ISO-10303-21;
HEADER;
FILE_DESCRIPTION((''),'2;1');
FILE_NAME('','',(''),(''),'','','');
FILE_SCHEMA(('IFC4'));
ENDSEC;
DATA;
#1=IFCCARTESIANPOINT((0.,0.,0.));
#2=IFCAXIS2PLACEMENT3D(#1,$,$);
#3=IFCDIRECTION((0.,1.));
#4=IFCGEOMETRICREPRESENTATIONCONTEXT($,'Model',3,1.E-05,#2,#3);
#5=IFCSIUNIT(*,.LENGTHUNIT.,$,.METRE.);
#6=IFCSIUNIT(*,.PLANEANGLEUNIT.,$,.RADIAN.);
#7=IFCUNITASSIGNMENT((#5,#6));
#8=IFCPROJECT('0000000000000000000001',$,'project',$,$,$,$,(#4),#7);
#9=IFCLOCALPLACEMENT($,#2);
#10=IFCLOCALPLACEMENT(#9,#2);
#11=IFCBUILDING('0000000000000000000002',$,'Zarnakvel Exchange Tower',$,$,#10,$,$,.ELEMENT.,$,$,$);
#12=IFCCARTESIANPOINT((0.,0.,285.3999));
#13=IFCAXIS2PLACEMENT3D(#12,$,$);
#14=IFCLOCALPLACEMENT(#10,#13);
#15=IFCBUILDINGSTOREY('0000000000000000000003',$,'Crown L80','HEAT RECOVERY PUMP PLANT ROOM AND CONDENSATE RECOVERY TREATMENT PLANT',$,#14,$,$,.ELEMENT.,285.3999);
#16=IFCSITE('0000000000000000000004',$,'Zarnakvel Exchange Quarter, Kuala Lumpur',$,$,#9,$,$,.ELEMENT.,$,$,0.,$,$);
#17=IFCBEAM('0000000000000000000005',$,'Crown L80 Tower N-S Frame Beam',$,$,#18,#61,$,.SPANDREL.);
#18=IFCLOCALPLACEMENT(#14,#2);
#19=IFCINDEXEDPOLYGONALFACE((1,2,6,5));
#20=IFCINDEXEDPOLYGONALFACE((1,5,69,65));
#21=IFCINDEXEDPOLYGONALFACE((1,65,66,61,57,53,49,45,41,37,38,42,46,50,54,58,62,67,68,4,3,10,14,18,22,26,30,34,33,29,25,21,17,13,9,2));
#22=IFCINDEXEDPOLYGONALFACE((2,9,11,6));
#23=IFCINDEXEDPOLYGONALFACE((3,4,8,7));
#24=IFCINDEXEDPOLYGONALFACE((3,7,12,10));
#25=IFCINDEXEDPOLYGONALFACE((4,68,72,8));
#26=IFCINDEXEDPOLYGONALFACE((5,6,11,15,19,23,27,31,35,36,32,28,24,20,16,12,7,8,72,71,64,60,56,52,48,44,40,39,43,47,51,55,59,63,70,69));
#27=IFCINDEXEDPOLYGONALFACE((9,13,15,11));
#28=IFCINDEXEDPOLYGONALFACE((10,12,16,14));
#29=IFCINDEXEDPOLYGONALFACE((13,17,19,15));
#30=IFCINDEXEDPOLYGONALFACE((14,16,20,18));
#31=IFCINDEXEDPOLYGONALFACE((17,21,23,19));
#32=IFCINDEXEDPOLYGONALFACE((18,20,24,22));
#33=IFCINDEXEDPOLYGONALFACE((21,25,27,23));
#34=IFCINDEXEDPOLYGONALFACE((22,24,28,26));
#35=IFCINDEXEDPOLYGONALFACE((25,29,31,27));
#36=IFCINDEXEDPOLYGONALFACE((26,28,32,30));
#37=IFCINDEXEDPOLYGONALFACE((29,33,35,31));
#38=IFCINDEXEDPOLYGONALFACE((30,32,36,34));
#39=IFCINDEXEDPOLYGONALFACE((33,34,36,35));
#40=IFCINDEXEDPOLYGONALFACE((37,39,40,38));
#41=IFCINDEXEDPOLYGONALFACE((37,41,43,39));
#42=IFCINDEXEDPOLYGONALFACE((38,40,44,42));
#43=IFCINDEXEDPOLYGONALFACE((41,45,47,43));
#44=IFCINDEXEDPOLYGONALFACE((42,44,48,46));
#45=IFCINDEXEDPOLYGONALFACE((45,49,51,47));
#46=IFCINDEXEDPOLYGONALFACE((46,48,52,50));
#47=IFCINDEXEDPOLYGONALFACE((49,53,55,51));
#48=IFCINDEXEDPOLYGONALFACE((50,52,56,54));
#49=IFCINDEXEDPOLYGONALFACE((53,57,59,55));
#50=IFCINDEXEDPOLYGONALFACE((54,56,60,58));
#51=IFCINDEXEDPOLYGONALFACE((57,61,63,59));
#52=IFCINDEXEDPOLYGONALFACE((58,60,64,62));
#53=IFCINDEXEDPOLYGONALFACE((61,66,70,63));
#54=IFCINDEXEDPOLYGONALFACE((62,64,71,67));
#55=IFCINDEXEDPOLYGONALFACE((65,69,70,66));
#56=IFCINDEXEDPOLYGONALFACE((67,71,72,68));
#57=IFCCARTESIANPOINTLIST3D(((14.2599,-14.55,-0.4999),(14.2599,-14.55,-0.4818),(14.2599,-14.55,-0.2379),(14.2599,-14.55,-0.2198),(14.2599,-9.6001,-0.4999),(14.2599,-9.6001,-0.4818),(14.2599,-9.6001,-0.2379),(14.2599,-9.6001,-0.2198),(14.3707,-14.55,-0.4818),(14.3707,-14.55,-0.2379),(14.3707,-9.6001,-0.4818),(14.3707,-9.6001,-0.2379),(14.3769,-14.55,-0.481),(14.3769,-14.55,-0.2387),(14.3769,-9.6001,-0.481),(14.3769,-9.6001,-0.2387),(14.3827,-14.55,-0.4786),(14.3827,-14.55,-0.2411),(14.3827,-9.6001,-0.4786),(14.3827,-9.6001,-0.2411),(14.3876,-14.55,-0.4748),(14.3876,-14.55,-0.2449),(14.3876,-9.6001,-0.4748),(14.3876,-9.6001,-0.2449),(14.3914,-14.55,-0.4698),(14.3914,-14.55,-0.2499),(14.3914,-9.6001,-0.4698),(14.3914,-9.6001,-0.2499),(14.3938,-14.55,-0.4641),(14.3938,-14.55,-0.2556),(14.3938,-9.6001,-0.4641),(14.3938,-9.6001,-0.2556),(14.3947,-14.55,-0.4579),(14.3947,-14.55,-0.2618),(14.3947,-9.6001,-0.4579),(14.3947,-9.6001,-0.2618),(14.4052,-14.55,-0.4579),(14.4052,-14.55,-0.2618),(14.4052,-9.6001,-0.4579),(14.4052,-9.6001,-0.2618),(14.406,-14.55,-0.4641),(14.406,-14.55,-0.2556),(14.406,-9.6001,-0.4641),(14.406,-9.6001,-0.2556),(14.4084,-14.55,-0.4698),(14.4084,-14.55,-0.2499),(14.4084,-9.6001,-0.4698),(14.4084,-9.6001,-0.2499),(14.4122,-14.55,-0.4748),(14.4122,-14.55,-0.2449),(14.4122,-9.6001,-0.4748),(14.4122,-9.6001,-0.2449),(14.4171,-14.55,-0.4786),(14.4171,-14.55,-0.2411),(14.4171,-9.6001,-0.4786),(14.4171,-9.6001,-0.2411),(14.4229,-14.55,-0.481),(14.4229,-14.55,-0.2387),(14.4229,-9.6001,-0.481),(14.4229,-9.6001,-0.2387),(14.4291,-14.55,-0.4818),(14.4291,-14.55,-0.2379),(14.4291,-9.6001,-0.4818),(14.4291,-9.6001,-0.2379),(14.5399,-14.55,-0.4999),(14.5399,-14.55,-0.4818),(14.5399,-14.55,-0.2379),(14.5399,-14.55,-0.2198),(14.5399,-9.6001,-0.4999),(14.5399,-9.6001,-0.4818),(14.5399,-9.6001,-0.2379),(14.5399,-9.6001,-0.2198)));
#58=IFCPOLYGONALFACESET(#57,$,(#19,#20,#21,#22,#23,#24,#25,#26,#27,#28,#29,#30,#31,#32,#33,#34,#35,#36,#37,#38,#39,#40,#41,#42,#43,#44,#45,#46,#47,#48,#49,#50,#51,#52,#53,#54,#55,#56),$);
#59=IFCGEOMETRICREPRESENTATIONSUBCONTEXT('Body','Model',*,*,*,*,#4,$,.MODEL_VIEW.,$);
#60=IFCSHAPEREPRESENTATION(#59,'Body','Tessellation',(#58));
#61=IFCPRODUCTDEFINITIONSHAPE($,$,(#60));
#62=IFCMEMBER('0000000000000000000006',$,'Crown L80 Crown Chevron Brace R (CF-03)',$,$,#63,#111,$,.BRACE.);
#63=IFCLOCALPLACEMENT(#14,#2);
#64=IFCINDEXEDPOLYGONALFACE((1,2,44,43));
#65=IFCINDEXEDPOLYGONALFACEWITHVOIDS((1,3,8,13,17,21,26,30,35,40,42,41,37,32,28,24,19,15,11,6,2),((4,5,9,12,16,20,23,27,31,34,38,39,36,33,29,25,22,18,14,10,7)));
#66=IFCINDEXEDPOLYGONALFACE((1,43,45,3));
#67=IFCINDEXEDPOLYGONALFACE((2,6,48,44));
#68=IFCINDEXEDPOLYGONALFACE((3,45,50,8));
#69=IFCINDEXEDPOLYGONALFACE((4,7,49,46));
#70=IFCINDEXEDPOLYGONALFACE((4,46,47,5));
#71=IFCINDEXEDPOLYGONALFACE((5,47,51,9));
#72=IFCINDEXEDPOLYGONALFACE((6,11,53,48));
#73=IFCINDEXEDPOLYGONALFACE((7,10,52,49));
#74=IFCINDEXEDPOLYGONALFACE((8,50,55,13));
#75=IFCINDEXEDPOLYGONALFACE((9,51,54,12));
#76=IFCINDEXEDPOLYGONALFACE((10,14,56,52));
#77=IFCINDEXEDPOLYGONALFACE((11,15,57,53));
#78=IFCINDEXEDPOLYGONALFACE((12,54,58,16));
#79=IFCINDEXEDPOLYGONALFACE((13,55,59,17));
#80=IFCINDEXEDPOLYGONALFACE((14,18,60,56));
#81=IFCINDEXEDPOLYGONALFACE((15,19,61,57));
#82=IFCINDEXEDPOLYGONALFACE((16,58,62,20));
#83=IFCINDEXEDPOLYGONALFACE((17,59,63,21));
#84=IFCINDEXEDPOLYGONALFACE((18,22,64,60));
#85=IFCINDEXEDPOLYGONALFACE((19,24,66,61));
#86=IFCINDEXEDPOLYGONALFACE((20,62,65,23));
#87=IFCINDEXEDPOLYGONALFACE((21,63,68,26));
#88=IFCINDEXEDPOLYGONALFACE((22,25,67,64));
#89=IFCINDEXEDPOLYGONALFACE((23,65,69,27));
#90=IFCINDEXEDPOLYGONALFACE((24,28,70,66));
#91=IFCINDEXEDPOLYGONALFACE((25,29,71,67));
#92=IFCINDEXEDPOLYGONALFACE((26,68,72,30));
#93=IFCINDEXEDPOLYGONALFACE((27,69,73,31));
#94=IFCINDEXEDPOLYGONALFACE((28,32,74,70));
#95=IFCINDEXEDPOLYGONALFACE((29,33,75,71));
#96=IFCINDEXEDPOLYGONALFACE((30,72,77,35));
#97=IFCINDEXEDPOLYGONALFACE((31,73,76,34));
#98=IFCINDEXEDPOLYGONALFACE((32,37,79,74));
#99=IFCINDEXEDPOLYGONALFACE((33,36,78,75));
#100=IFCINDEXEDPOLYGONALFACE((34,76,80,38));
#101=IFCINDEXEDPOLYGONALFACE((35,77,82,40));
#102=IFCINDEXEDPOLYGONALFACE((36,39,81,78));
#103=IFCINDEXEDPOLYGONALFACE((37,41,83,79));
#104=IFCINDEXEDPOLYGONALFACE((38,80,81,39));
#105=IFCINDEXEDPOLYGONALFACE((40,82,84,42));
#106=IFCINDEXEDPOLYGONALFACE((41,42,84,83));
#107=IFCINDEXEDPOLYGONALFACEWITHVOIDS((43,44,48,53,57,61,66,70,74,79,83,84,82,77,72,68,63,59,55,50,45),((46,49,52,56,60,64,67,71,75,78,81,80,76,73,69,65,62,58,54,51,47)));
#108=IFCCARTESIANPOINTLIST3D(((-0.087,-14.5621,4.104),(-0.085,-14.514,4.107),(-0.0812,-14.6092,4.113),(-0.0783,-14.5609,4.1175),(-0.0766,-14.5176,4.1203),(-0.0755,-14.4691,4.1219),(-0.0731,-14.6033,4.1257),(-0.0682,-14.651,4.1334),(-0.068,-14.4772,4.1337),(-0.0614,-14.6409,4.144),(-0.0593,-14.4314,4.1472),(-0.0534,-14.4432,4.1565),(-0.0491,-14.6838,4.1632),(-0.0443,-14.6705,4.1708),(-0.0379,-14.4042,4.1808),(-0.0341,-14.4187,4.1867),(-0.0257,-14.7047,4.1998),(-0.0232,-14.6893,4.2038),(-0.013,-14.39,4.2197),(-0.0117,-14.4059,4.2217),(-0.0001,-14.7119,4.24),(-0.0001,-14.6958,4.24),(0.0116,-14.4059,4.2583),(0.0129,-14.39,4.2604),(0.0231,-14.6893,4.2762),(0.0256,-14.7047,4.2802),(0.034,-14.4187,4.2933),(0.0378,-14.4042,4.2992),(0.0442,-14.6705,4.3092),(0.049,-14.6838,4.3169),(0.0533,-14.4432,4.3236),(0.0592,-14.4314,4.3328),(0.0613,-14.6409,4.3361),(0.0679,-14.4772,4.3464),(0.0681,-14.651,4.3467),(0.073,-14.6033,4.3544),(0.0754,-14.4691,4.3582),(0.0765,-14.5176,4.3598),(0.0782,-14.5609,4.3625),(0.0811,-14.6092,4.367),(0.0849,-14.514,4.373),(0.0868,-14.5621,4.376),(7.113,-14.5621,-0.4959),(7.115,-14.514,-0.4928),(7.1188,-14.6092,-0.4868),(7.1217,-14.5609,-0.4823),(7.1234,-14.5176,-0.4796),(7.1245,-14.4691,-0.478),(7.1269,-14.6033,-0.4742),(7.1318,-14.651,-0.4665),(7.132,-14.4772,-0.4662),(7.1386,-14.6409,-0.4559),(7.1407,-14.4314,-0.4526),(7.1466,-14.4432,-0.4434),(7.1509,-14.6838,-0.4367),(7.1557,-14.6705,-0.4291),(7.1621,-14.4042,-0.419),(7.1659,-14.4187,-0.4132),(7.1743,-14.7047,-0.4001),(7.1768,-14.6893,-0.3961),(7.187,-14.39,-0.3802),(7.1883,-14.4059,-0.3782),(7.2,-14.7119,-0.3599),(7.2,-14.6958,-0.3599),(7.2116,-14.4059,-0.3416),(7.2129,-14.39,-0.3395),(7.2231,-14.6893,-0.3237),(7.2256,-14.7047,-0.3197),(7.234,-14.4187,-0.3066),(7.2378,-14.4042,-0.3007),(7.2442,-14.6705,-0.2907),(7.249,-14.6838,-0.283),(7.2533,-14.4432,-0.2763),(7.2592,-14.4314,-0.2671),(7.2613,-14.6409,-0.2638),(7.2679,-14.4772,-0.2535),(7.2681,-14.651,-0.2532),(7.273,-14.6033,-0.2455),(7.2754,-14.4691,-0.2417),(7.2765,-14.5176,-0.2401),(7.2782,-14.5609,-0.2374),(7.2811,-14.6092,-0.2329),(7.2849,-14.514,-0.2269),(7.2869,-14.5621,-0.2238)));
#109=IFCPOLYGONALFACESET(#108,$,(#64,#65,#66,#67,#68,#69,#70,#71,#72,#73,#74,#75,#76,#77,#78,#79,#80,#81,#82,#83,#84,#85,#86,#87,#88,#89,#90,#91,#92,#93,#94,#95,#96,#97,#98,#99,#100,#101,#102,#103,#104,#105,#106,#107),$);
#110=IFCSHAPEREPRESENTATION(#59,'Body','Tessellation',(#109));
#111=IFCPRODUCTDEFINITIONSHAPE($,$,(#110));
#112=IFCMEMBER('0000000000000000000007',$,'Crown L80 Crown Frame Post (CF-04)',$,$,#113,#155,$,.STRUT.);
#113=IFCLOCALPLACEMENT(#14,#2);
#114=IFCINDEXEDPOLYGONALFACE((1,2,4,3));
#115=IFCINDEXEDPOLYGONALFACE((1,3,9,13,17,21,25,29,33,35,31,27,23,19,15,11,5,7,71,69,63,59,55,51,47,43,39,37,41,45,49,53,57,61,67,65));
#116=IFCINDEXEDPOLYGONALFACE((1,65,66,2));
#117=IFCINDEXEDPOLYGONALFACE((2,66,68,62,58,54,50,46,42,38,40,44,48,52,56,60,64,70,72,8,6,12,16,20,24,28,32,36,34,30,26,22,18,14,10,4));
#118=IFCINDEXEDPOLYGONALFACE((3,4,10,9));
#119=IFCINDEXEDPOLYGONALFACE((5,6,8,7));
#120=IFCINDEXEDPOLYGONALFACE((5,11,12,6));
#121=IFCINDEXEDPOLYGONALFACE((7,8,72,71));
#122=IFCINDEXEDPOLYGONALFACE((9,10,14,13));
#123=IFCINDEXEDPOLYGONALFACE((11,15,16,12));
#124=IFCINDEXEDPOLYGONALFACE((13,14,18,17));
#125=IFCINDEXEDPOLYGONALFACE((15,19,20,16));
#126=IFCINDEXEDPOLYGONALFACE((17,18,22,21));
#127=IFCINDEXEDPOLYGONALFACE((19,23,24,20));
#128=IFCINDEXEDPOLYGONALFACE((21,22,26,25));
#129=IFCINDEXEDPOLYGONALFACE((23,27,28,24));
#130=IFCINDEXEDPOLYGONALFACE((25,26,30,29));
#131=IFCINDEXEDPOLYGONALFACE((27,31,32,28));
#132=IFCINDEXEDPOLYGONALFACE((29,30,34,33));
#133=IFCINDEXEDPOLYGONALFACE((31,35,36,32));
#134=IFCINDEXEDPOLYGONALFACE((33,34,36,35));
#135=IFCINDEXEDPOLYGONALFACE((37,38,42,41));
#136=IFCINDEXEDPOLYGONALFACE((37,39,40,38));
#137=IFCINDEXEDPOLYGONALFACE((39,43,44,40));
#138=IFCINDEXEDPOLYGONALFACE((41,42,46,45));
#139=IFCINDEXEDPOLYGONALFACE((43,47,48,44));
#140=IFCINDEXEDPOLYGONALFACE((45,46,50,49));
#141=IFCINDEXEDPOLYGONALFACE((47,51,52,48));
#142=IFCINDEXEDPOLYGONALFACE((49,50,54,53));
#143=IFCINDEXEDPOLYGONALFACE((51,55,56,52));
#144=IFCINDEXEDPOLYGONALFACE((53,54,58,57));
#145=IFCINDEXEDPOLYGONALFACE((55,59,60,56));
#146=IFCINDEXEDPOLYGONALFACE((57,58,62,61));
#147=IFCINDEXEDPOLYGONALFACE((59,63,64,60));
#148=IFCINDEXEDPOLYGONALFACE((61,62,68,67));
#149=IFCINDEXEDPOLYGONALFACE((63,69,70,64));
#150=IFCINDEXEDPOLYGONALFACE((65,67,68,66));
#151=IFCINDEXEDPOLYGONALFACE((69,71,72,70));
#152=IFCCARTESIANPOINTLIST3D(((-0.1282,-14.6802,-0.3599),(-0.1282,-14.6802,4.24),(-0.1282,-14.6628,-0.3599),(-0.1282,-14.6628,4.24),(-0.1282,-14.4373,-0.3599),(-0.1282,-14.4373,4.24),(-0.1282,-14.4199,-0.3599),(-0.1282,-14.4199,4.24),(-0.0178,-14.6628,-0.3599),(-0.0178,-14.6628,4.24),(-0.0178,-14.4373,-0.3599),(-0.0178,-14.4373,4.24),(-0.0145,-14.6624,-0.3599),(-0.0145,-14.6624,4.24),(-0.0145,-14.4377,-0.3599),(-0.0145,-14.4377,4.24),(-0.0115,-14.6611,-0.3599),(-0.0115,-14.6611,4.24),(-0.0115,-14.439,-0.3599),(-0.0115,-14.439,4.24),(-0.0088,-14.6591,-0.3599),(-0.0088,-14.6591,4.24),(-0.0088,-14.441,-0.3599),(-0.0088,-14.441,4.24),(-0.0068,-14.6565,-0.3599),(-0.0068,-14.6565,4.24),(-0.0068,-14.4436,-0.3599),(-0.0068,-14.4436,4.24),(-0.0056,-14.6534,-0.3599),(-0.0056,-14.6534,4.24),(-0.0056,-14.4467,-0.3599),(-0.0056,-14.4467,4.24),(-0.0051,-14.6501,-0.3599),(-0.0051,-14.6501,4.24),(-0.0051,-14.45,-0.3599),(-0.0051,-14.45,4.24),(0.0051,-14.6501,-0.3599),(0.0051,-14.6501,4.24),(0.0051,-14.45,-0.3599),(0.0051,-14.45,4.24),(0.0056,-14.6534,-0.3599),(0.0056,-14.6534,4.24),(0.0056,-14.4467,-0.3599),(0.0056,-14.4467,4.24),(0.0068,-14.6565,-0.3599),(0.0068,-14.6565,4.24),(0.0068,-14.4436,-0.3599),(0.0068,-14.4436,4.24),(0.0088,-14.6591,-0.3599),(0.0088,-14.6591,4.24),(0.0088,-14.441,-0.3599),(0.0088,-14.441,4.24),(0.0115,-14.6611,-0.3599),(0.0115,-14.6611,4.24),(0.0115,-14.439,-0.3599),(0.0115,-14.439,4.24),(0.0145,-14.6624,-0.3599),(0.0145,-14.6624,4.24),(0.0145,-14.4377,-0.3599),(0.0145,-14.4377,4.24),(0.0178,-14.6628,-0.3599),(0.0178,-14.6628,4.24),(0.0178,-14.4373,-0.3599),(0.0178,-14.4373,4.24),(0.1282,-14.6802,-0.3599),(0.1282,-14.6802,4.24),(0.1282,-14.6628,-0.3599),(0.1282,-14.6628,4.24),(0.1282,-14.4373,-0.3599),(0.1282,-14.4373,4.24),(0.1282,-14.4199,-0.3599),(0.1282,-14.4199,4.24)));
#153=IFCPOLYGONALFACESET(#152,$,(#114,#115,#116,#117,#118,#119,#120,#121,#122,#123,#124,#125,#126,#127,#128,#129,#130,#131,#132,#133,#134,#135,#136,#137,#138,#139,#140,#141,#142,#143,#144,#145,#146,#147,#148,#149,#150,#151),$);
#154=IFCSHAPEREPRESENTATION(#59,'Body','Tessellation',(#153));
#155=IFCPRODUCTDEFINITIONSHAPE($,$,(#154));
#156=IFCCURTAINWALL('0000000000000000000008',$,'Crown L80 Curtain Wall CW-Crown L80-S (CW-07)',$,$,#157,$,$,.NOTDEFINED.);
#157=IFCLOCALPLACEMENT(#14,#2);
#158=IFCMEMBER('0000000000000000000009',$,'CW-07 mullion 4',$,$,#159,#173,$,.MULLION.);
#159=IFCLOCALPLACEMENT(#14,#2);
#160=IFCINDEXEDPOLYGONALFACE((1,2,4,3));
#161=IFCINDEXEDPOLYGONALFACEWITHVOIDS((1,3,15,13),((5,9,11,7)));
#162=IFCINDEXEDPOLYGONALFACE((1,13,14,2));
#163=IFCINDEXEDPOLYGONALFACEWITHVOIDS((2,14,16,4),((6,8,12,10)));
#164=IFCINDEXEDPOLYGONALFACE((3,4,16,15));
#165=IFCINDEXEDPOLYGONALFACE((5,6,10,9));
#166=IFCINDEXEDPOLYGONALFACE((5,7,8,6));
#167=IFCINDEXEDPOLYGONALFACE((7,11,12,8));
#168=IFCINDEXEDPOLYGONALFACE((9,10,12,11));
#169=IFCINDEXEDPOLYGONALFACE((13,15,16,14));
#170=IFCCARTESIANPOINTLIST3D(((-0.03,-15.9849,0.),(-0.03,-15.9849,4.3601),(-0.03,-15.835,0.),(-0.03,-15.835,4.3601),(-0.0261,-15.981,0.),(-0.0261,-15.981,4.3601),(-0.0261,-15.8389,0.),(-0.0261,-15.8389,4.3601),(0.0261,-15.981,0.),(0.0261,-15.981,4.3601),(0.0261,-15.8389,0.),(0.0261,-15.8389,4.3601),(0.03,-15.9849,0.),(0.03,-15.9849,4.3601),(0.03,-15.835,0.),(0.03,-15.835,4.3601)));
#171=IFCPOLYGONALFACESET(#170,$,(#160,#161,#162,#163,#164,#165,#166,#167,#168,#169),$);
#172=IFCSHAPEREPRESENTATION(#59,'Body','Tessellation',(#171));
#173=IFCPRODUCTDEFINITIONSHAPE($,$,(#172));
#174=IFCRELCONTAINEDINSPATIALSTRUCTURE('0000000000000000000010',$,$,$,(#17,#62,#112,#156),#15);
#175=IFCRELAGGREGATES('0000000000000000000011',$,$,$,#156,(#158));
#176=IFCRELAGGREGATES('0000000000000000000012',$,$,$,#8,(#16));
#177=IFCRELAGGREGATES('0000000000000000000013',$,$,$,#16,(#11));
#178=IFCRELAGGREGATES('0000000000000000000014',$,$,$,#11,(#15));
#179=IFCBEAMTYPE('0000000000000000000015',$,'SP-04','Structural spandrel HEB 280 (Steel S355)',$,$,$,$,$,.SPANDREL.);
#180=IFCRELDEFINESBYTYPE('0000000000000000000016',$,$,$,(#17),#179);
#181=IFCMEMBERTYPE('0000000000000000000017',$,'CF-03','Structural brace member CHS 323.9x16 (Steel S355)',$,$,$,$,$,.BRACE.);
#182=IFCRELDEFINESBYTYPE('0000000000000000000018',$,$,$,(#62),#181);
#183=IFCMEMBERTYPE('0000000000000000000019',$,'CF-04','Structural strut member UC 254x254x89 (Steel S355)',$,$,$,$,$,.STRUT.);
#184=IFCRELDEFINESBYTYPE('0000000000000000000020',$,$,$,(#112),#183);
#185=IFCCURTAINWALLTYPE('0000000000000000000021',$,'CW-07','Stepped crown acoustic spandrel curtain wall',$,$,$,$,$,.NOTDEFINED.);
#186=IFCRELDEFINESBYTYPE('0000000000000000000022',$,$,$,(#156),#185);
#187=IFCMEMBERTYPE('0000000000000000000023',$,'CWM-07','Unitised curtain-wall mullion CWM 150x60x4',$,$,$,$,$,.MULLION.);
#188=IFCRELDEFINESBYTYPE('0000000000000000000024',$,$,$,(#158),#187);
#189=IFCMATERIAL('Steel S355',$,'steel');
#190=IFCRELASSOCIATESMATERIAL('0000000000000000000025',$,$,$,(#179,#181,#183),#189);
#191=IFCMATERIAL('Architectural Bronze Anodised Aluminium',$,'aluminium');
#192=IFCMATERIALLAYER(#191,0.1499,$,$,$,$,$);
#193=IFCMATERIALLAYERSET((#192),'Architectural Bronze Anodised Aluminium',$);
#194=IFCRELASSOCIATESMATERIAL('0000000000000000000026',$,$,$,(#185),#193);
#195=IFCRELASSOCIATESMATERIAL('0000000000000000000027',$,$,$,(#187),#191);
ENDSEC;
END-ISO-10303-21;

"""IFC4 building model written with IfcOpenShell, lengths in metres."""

from ifc_helpers import new_model, si_unit, direction, frame, origin, origin_2d, place, context, subcontext, project, spatial, hollow_rectangle, hollow_circle, i_section, extrude, source, transform, mapped, material, layer, layer_set, material_profile, profile_set, type_object, element, aggregate, save


model = new_model("IFC4")

# Units and contexts
model_context = context("Model", 3, precision=1e-05, world=origin(), true_north=direction((0.0, 1.0)))
body_context = subcontext(model_context, "Body", "Model", "MODEL_VIEW")
ifc_project = project(units=[si_unit("LENGTHUNIT", "METRE"), si_unit("PLANEANGLEUNIT", "RADIAN")], contexts=[model_context])

# Site, building, storey
site_placement = place(None, origin())
site = spatial("IfcSite", under=ifc_project, at=site_placement, Name="Zarnakvel Exchange Quarter, Kuala Lumpur", CompositionType="ELEMENT", RefElevation=0.0)
building_placement = place(site_placement, origin())
building = spatial("IfcBuilding", under=site, at=building_placement, Name="Zarnakvel Exchange Tower", CompositionType="ELEMENT")
storey_placement = place(building_placement, frame((0.0, 0.0, 285.3999)))
storey = spatial("IfcBuildingStorey", under=building, at=storey_placement, Name="Crown L80", Description="HEAT RECOVERY PUMP PLANT ROOM AND CONDENSATE RECOVERY TREATMENT PLANT", CompositionType="ELEMENT", Elevation=285.3999)

# Shared definitions
ifc_material_1 = material(Name="Steel S355", Category="steel")

# Beam
ifc_material_profile_1 = material_profile(ifc_material_1, i_section(OverallWidth=0.28, OverallDepth=0.28, WebThickness=0.0105, FlangeThickness=0.0181, FilletRadius=0.0239, at=origin_2d()))
ifc_profile_set_1 = profile_set([ifc_material_profile_1], Name="Steel S355")
beam_type_1 = type_object("IfcBeamType", Name="SP-04", Description="Structural spandrel HEB 280 (Steel S355)", PredefinedType="SPANDREL", material=ifc_profile_set_1)
beam_1_placement = place(storey_placement, frame((14.3999, -14.55, -0.3599), z_axis=(0.0, 1.0, 0.0), x_axis=(-1.0, 0.0, 0.0)))
element("IfcBeam", 1, at=beam_1_placement, inside=storey, type_object=beam_type_1, Name="Crown L80 Tower N-S Frame Beam", PredefinedType="SPANDREL", context=body_context, shape_type="SweptSolid", body=[
    extrude(i_section(OverallWidth=0.28, OverallDepth=0.28, WebThickness=0.0105, FlangeThickness=0.0181, FilletRadius=0.0239, at=origin_2d()), origin(), (0.0, 0.0, 1.0), 4.95),
])

# Members
ifc_material_profile_2 = material_profile(ifc_material_1, hollow_circle(Radius=0.1619, WallThickness=0.0161, at=origin_2d()))
ifc_profile_set_2 = profile_set([ifc_material_profile_2], Name="Steel S355")
member_type_1 = type_object("IfcMemberType", Name="CF-03", Description="Structural brace member CHS 323.9x16 (Steel S355)", PredefinedType="BRACE", material=ifc_profile_set_2)
shared_shape_1 = source(origin(), body_context, "Body", "SweptSolid", [
    extrude(hollow_circle(Radius=0.1619, WallThickness=0.0161, at=origin_2d()), origin(), (0.0, 0.0, 1.0), 8.5439),
])
member_1_placement = place(storey_placement, frame((7.2, -14.55, -0.3599), z_axis=(-0.842702, 0.0, 0.53838), x_axis=(0.0, -1.0, 0.0)))
element("IfcMember", 2, at=member_1_placement, inside=storey, type_object=member_type_1, Name="Crown L80 Crown Chevron Brace R (CF-03)", PredefinedType="BRACE", context=body_context, shape_type="MappedRepresentation", body=[
    mapped(shared_shape_1, transform((0.0, 0.0, 0.0), x_axis=(1.0, 0.0, 0.0), y_axis=(0.0, 1.0, 0.0), z_axis=(0.0, 0.0, 1.0), scale=1.0)),
])
ifc_material_profile_3 = material_profile(ifc_material_1, i_section(OverallWidth=0.2563, OverallDepth=0.2603, WebThickness=0.0103, FlangeThickness=0.0173, FilletRadius=0.0127, at=origin_2d()))
ifc_profile_set_3 = profile_set([ifc_material_profile_3], Name="Steel S355")
member_type_2 = type_object("IfcMemberType", Name="CF-04", Description="Structural strut member UC 254x254x89 (Steel S355)", PredefinedType="STRUT", material=ifc_profile_set_3)
shared_shape_2 = source(origin(), body_context, "Body", "SweptSolid", [
    extrude(i_section(OverallWidth=0.2563, OverallDepth=0.2603, WebThickness=0.0103, FlangeThickness=0.0173, FilletRadius=0.0127, at=origin_2d()), origin(), (0.0, 0.0, 1.0), 4.5999),
])
member_2_placement = place(storey_placement, frame((0.0, -14.55, -0.3599), z_axis=(0.0, 0.0, 1.0), x_axis=(1.0, 0.0, 0.0)))
element("IfcMember", 3, at=member_2_placement, inside=storey, type_object=member_type_2, Name="Crown L80 Crown Frame Post (CF-04)", PredefinedType="STRUT", context=body_context, shape_type="MappedRepresentation", body=[
    mapped(shared_shape_2, transform((0.0, 0.0, 0.0), x_axis=(1.0, 0.0, 0.0), y_axis=(0.0, 1.0, 0.0), z_axis=(0.0, 0.0, 1.0), scale=1.0)),
])

# Curtain wall, member
ifc_material_2 = material(Name="Architectural Bronze Anodised Aluminium", Category="aluminium")
ifc_layer_1 = layer(ifc_material_2, 0.1499)
ifc_layer_set_1 = layer_set([ifc_layer_1], Name="Architectural Bronze Anodised Aluminium")
curtain_wall_type = type_object("IfcCurtainWallType", Name="CW-07", Description="Stepped crown acoustic spandrel curtain wall", PredefinedType="NOTDEFINED", material=ifc_layer_set_1)
curtain_wall_placement = place(storey_placement, origin())
curtain_wall = element("IfcCurtainWall", 4, at=curtain_wall_placement, inside=storey, type_object=curtain_wall_type, Name="Crown L80 Curtain Wall CW-Crown L80-S (CW-07)", PredefinedType="NOTDEFINED")
ifc_material_profile_4 = material_profile(ifc_material_2, hollow_rectangle(XDim=0.1499, YDim=0.0601, WallThickness=0.0039, at=origin_2d()))
ifc_profile_set_4 = profile_set([ifc_material_profile_4], Name="Architectural Bronze Anodised Aluminium")
member_type_3 = type_object("IfcMemberType", Name="CWM-07", Description="Unitised curtain-wall mullion CWM 150x60x4", PredefinedType="MULLION", material=ifc_profile_set_4)
shared_shape_3 = source(origin(), body_context, "Body", "SweptSolid", [
    extrude(hollow_rectangle(XDim=0.1499, YDim=0.0601, WallThickness=0.0039, at=origin_2d()), origin(), (0.0, 0.0, 1.0), 4.3601),
])
member_3_placement = place(storey_placement, frame((0.0, -15.9099, 0.0), z_axis=(0.0, 0.0, 1.0), x_axis=(0.0, 1.0, 0.0)))
member_3 = element("IfcMember", 5, at=member_3_placement, type_object=member_type_3, Name="CW-07 mullion 4", PredefinedType="MULLION", context=body_context, shape_type="MappedRepresentation", body=[
    mapped(shared_shape_3, transform((0.0, 0.0, 0.0), x_axis=(1.0, 0.0, 0.0), y_axis=(0.0, 1.0, 0.0), z_axis=(0.0, 0.0, 1.0), scale=1.0)),
])

aggregate(curtain_wall, [member_3])

save(model, "model.ifc")
